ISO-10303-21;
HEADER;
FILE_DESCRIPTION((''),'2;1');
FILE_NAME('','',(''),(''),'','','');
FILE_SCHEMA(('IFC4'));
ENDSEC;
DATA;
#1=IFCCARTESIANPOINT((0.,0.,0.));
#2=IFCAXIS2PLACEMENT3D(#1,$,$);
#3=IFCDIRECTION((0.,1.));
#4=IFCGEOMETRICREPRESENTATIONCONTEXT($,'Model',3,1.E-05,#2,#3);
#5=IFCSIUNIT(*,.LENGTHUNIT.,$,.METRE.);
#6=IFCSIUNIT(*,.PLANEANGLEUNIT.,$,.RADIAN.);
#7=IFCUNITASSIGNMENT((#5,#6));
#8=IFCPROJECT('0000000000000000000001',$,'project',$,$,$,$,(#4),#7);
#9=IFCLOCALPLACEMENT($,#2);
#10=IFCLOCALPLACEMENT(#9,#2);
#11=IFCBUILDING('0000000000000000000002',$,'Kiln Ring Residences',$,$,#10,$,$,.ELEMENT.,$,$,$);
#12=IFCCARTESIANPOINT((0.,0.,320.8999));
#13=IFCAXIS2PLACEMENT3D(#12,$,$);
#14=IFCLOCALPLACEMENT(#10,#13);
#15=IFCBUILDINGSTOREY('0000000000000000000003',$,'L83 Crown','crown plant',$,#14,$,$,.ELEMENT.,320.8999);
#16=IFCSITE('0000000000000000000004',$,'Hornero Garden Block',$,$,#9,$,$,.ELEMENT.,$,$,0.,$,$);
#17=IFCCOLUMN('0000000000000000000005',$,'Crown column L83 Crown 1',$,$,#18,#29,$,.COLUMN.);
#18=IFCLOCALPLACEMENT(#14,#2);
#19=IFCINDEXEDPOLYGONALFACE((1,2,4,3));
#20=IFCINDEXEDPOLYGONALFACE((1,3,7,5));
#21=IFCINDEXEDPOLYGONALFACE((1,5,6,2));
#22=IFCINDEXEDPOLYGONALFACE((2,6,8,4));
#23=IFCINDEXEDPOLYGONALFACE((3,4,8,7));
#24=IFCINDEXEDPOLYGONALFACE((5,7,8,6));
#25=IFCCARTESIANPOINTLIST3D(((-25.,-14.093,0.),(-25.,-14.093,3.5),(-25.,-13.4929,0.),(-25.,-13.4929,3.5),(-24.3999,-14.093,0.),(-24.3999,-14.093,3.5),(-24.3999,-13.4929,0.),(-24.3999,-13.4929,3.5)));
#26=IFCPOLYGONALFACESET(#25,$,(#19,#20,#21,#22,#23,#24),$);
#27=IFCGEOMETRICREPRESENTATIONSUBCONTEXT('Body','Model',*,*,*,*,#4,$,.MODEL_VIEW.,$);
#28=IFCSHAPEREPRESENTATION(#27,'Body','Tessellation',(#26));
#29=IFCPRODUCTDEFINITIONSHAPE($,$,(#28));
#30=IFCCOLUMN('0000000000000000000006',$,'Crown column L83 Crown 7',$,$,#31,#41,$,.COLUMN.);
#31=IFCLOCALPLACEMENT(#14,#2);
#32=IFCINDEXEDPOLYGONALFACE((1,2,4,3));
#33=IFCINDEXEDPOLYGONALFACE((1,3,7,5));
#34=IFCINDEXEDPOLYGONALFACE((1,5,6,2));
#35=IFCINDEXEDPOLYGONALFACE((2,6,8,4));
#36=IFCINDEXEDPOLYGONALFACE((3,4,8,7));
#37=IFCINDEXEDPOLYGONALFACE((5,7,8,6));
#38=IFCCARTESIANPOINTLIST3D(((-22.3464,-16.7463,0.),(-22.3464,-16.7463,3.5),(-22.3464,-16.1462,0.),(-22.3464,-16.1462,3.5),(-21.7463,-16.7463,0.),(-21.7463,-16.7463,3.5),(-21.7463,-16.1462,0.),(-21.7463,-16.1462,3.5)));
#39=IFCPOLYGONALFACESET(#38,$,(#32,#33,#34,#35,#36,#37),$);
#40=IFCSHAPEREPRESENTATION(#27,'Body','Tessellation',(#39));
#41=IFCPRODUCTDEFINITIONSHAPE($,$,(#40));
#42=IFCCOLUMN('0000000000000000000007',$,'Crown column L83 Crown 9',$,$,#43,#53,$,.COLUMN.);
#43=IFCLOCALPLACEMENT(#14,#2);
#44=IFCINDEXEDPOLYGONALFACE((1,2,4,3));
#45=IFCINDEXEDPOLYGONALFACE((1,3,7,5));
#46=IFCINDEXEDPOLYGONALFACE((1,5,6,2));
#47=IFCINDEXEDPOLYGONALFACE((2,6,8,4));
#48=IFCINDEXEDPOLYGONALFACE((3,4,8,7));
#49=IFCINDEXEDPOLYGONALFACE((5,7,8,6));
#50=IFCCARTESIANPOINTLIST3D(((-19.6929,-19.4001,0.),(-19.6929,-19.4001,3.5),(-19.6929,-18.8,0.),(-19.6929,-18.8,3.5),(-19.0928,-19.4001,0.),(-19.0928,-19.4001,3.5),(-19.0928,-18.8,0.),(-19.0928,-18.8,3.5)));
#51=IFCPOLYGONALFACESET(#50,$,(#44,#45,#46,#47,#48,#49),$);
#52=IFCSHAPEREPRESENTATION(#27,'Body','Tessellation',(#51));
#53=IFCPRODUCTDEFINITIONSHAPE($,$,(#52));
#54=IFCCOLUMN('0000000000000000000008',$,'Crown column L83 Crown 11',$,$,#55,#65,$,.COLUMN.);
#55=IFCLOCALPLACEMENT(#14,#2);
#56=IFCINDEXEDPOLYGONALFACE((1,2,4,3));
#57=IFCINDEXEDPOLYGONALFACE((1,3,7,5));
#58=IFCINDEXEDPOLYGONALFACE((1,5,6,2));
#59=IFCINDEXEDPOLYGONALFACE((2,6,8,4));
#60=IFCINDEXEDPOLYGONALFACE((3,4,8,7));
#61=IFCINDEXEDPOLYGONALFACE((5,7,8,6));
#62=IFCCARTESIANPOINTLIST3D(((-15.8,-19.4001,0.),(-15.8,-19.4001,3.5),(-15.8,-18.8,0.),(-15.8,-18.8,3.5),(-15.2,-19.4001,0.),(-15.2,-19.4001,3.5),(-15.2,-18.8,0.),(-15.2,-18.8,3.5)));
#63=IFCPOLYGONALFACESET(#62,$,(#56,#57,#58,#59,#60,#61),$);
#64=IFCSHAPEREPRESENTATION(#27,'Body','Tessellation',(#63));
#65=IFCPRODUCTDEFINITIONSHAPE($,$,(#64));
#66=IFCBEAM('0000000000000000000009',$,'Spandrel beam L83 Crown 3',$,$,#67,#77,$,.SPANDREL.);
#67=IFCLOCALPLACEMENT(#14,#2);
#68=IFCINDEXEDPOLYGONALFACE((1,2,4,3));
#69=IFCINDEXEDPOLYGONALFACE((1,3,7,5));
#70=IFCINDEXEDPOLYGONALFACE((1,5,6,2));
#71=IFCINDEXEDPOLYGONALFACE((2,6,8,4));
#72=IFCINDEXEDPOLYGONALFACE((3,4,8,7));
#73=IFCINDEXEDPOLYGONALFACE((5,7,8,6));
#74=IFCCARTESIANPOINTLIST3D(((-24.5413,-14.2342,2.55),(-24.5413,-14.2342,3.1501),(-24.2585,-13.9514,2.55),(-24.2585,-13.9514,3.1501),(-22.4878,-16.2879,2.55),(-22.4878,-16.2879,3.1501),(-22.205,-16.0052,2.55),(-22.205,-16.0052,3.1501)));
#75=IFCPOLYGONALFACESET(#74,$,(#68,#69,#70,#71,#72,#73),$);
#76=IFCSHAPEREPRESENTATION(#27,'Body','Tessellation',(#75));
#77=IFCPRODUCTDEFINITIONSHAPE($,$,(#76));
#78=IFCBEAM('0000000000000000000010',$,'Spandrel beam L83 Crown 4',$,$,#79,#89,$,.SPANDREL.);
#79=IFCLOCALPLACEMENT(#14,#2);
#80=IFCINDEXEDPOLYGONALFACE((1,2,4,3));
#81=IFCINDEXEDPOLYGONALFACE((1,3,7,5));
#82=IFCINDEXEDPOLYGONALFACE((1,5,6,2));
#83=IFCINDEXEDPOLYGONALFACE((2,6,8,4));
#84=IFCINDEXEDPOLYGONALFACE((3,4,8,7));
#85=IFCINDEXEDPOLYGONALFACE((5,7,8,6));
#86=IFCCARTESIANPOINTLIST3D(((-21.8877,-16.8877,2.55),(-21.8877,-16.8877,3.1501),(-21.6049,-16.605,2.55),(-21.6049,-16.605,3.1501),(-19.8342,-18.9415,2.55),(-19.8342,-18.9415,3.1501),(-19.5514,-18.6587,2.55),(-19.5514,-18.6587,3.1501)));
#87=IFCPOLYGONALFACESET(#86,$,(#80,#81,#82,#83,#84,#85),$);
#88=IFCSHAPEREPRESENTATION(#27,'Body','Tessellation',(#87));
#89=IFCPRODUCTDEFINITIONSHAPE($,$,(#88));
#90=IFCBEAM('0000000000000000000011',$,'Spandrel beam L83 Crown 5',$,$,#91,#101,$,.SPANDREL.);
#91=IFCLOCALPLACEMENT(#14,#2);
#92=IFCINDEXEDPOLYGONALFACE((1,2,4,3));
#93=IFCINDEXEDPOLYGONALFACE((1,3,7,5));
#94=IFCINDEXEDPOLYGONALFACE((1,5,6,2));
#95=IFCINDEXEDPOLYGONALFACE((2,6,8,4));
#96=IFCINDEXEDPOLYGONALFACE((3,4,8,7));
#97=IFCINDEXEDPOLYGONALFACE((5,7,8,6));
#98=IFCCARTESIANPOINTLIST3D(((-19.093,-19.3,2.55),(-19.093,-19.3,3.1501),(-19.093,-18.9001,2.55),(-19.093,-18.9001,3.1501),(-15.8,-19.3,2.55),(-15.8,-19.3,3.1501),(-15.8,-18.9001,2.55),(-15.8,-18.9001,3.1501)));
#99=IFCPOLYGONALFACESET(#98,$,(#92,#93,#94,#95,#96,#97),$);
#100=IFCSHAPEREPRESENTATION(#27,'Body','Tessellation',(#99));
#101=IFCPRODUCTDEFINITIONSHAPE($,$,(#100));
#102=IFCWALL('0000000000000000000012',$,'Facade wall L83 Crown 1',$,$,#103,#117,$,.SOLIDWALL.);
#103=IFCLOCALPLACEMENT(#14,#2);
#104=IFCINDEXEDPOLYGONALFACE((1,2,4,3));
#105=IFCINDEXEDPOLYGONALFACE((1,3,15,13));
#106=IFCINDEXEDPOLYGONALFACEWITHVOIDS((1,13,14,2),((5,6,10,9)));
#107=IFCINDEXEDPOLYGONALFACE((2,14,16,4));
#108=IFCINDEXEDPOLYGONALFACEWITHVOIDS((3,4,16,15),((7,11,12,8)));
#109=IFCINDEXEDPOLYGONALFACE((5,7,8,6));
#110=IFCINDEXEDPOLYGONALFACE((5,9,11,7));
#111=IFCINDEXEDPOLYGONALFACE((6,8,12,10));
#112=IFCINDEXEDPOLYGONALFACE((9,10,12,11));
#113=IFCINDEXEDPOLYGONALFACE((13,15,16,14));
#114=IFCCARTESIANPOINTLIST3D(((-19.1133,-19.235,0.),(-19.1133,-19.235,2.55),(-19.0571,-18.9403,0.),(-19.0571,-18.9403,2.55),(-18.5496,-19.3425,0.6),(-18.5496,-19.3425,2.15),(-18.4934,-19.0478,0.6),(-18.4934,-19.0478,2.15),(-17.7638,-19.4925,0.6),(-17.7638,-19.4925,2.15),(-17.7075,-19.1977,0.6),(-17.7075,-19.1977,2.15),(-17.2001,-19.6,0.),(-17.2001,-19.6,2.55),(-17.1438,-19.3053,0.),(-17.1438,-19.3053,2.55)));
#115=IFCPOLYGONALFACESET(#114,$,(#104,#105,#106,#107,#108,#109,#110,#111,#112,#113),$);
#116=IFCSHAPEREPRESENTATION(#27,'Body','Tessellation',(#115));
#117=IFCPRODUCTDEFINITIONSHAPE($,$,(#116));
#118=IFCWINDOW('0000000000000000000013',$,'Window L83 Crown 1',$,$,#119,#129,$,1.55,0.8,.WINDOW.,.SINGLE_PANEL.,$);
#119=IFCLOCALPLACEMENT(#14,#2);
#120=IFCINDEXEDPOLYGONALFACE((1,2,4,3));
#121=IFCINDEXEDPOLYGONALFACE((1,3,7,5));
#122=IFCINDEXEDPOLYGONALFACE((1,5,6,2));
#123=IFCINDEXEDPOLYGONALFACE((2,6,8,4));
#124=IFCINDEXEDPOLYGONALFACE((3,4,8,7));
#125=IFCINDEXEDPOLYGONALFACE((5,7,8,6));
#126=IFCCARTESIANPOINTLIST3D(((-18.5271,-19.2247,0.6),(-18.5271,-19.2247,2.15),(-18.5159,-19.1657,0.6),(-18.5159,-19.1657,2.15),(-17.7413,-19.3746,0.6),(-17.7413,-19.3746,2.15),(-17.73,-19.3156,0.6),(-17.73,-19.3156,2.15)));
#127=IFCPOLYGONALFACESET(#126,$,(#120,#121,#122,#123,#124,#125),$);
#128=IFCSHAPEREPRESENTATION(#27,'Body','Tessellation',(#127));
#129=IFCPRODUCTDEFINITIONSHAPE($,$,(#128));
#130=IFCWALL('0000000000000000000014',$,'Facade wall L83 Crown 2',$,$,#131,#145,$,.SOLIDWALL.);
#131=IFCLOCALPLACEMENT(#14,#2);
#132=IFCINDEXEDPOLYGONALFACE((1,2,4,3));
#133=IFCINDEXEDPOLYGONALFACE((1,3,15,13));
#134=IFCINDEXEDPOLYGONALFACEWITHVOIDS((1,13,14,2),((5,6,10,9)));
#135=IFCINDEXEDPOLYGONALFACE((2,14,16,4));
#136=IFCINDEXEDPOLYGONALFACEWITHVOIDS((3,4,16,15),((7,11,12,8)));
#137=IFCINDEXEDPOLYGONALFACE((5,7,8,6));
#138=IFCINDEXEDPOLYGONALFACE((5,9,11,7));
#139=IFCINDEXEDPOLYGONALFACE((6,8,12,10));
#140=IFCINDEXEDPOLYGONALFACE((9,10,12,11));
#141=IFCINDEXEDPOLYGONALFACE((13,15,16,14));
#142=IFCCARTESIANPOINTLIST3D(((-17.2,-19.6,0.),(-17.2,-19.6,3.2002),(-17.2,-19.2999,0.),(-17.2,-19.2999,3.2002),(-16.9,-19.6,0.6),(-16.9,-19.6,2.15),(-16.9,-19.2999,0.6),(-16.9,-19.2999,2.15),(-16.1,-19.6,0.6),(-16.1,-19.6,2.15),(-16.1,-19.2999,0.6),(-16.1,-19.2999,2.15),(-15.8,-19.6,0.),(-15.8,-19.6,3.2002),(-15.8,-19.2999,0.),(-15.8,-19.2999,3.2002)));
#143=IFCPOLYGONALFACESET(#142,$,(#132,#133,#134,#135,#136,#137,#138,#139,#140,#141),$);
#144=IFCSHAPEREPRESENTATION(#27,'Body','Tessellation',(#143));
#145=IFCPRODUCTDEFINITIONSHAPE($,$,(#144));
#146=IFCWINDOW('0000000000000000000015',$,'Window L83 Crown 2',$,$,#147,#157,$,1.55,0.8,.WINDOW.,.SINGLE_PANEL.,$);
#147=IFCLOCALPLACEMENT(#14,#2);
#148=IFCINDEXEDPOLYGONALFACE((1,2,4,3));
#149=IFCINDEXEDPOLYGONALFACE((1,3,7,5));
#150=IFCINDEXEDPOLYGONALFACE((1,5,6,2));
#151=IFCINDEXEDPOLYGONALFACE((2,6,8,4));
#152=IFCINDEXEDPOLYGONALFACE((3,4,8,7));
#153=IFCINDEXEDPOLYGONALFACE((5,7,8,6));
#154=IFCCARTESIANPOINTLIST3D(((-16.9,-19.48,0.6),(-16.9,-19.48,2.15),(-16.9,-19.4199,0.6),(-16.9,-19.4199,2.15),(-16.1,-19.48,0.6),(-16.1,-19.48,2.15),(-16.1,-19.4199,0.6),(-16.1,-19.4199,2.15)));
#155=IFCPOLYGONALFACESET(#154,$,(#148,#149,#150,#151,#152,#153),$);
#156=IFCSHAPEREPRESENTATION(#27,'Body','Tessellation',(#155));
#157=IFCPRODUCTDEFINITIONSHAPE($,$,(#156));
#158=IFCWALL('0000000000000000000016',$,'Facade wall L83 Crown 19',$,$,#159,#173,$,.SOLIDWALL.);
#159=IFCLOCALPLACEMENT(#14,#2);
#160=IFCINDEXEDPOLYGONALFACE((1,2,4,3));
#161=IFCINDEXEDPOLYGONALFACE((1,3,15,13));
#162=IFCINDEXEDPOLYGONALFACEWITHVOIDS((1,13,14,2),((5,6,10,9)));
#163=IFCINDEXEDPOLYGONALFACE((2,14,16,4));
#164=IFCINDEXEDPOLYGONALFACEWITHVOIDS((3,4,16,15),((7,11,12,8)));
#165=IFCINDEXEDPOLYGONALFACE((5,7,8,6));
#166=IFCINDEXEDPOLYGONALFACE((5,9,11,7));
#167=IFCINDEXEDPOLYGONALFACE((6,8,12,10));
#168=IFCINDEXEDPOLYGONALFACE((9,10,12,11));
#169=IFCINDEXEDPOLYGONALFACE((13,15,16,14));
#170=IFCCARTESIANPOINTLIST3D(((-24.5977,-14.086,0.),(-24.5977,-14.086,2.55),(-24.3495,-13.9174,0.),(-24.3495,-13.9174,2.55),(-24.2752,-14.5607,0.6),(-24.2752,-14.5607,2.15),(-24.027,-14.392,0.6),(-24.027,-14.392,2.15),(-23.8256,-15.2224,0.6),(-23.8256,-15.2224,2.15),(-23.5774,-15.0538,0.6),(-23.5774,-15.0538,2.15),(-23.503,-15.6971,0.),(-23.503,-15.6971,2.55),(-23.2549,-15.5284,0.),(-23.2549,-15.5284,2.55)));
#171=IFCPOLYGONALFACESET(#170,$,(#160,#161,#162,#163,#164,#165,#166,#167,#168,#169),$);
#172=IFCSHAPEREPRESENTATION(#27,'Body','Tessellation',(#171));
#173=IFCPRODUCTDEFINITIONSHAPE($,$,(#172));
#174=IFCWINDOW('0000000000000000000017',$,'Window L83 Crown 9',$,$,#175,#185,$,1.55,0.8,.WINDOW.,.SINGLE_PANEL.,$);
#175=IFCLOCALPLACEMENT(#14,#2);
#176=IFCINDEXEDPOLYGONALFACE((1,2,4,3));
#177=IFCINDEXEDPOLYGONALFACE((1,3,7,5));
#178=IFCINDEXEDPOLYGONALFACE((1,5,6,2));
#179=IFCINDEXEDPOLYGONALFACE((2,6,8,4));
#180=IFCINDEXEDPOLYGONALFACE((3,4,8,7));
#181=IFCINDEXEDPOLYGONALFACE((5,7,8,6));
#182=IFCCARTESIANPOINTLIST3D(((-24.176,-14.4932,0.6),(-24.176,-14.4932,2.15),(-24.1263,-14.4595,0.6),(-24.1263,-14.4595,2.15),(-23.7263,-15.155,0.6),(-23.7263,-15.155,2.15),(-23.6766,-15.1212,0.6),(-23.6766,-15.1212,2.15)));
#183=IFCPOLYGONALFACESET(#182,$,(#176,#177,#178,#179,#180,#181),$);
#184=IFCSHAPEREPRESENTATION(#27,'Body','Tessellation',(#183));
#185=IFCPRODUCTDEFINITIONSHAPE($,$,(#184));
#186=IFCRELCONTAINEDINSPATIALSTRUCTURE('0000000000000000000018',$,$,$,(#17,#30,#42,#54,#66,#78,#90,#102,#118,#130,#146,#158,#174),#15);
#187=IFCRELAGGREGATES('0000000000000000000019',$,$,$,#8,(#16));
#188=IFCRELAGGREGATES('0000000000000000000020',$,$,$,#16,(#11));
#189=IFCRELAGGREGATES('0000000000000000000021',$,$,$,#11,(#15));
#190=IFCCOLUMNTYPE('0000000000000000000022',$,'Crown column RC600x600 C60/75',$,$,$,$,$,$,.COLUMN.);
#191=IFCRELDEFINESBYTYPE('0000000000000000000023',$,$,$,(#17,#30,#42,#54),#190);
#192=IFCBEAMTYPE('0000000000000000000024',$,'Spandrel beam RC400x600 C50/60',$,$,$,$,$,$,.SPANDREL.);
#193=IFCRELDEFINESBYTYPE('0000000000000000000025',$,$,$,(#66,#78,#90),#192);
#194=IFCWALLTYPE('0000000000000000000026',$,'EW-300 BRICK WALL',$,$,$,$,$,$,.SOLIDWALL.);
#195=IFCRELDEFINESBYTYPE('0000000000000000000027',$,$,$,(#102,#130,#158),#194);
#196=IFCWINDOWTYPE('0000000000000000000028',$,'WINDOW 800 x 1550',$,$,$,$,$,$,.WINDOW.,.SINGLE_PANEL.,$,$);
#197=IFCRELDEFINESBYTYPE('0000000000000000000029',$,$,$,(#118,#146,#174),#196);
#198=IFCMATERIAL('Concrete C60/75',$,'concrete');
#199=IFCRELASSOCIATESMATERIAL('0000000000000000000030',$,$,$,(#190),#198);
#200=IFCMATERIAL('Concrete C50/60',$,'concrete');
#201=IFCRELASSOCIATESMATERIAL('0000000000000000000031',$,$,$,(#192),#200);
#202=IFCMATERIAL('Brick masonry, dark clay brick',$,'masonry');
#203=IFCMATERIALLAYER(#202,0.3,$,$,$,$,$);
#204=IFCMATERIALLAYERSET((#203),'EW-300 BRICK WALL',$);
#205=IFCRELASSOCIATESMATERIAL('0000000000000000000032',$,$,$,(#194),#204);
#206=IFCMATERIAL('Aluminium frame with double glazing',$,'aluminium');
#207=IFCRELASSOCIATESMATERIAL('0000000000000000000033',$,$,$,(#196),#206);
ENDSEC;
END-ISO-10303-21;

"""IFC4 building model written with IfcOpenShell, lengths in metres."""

from ifc_helpers import new_model, si_unit, direction, frame, frame_2d, origin, origin_2d, place, context, subcontext, project, spatial, rectangle, extrude, material, layer, layer_set, material_profile, profile_set, type_object, element, fill, save


model = new_model("IFC4")

# Units and contexts
model_context = context("Model", 3, precision=1e-05, world=origin(), true_north=direction((0.0, 1.0)))
body_context = subcontext(model_context, "Body", "Model", "MODEL_VIEW")
ifc_project = project(units=[si_unit("LENGTHUNIT", "METRE"), si_unit("PLANEANGLEUNIT", "RADIAN")], contexts=[model_context])

# Site, building, storey
site_placement = place(None, origin())
site = spatial("IfcSite", under=ifc_project, at=site_placement, Name="Hornero Garden Block", CompositionType="ELEMENT", RefElevation=0.0)
building_placement = place(site_placement, origin())
building = spatial("IfcBuilding", under=site, at=building_placement, Name="Kiln Ring Residences", CompositionType="ELEMENT")
storey_placement = place(building_placement, frame((0.0, 0.0, 320.8999)))
storey = spatial("IfcBuildingStorey", under=building, at=storey_placement, Name="L83 Crown", Description="crown plant", CompositionType="ELEMENT", Elevation=320.8999)

# Columns
ifc_material_1 = material(Name="Concrete C60/75", Category="concrete")
ifc_material_profile_1 = material_profile(ifc_material_1, rectangle(XDim=0.6001, YDim=0.6001, at=origin_2d()), Name="RC600x600")
ifc_profile_set_1 = profile_set([ifc_material_profile_1], Name="Concrete C60/75")
column_type = type_object("IfcColumnType", Name="Crown column RC600x600 C60/75", PredefinedType="COLUMN", material=ifc_profile_set_1)
for number, where, z_axis, x_axis, name in (
    (1, (-24.7, -13.793, 0.0), (0.0, 0.0, 1.0), (1.0, 0.0, 0.0), "Crown column L83 Crown 1"),
    (2, (-22.0464, -16.4463, 0.0), (0.0, 0.0, 1.0), (1.0, 0.0, 0.0), "Crown column L83 Crown 7"),
    (3, (-19.3928, -19.1001, 0.0), (0.0, 0.0, 1.0), (1.0, 0.0, 0.0), "Crown column L83 Crown 9"),
    (4, (-15.5, -19.1001, 0.0), (0.0, 0.0, 1.0), (1.0, 0.0, 0.0), "Crown column L83 Crown 11"),
):
    element("IfcColumn", number, at=place(storey_placement, frame(where, z_axis=z_axis, x_axis=x_axis)), inside=storey, type_object=column_type, Name=name, PredefinedType="COLUMN", context=body_context, shape_type="SweptSolid", body=[
        extrude(rectangle(XDim=0.6001, YDim=0.6001, at=origin_2d()), origin(), (0.0, 0.0, 1.0), 3.5),
    ])

# Beams
ifc_material_2 = material(Name="Concrete C50/60", Category="concrete")
ifc_material_profile_2 = material_profile(ifc_material_2, rectangle(XDim=0.3999, YDim=0.6001, at=origin_2d()), Name="RC400x600")
ifc_profile_set_2 = profile_set([ifc_material_profile_2], Name="Concrete C50/60")
beam_type = type_object("IfcBeamType", Name="Spandrel beam RC400x600 C50/60", PredefinedType="SPANDREL", material=ifc_profile_set_2)
for number, where, z_axis, x_axis, name in (
    (5, (-24.3999, -14.0928, 2.8501), (0.707065, -0.707149, 0.0), (0.707149, 0.707065, 0.0), "Spandrel beam L83 Crown 3"),
    (6, (-21.7463, -16.7463, 2.8501), (0.707065, -0.707149, 0.0), (0.707149, 0.707065, 0.0), "Spandrel beam L83 Crown 4"),
):
    element("IfcBeam", number, at=place(storey_placement, frame(where, z_axis=z_axis, x_axis=x_axis)), inside=storey, type_object=beam_type, Name=name, PredefinedType="SPANDREL", context=body_context, shape_type="SweptSolid", body=[
        extrude(rectangle(XDim=0.3999, YDim=0.6001, at=origin_2d()), origin(), (0.0, 0.0, 1.0), 2.9043),
    ])
beam_placement = place(storey_placement, frame((-19.093, -19.1001, 2.8501), z_axis=(1.0, 0.0, 0.0), x_axis=(0.0, 1.0, 0.0)))
element("IfcBeam", 7, at=beam_placement, inside=storey, type_object=beam_type, Name="Spandrel beam L83 Crown 5", PredefinedType="SPANDREL", context=body_context, shape_type="SweptSolid", body=[
    extrude(rectangle(XDim=0.3999, YDim=0.6001, at=origin_2d()), origin(), (0.0, 0.0, 1.0), 3.293),
])

# Walls, openings, windows
ifc_material_3 = material(Name="Brick masonry, dark clay brick", Category="masonry")
ifc_layer_1 = layer(ifc_material_3, 0.3)
ifc_layer_set_1 = layer_set([ifc_layer_1], Name="EW-300 BRICK WALL")
wall_type_1 = type_object("IfcWallType", Name="EW-300 BRICK WALL", PredefinedType="SOLIDWALL", material=ifc_layer_set_1)
wall_1_placement = place(storey_placement, frame((-19.0852, -19.0876, 0.0), z_axis=(0.0, 0.0, 1.0), x_axis=(0.982287, -0.187383, 0.0)))
wall_1 = element("IfcWall", 8, at=wall_1_placement, inside=storey, type_object=wall_type_1, Name="Facade wall L83 Crown 1", PredefinedType="SOLIDWALL", context=body_context, shape_type="SweptSolid", body=[
    extrude(rectangle(XDim=1.9478, YDim=0.3, at=frame_2d((0.9739, 0.0))), origin(), (0.0, 0.0, 1.0), 2.55),
])
opening_1_placement = place(wall_1_placement, frame((0.574, 0.0, 0.6001)))
opening_1 = element("IfcOpeningElement", 9, at=opening_1_placement, cuts=wall_1, PredefinedType="OPENING", context=body_context, shape_type="SweptSolid", body=[
    extrude(rectangle(XDim=0.8, YDim=1.55, at=frame_2d((0.3999, 0.7749))), frame((0.0, 0.1599, 0.0), z_axis=(0.0, -1.0, 0.0), x_axis=(1.0, 0.0, 0.0)), (0.0, 0.0, 1.0), 0.3201),
])
ifc_material_4 = material(Name="Aluminium frame with double glazing", Category="aluminium")
window_type = type_object("IfcWindowType", Name="WINDOW 800 x 1550", PartitioningType="SINGLE_PANEL", PredefinedType="WINDOW", material=ifc_material_4)
window_1_placement = place(opening_1_placement, origin())
window_1 = element("IfcWindow", 10, at=window_1_placement, inside=storey, type_object=window_type, Name="Window L83 Crown 1", OverallHeight=1.55, OverallWidth=0.8, PartitioningType="SINGLE_PANEL", PredefinedType="WINDOW", context=body_context, shape_type="SweptSolid", body=[
    extrude(rectangle(XDim=0.8, YDim=1.55, at=frame_2d((0.3999, 0.7749))), frame((0.0, 0.03, 0.0), z_axis=(0.0, -1.0, 0.0), x_axis=(1.0, 0.0, 0.0)), (0.0, 0.0, 1.0), 0.0601),
])
fill(opening_1, window_1)
wall_2_placement = place(storey_placement, frame((-17.2, -19.45, 0.0), z_axis=(0.0, 0.0, 1.0), x_axis=(1.0, 0.0, 0.0)))
wall_2 = element("IfcWall", 11, at=wall_2_placement, inside=storey, type_object=wall_type_1, Name="Facade wall L83 Crown 2", PredefinedType="SOLIDWALL", context=body_context, shape_type="SweptSolid", body=[
    extrude(rectangle(XDim=1.3999, YDim=0.3, at=frame_2d((0.7, 0.0))), origin(), (0.0, 0.0, 1.0), 3.2002),
])
opening_2_placement = place(wall_2_placement, frame((0.3, 0.0, 0.6001)))
opening_2 = element("IfcOpeningElement", 12, at=opening_2_placement, cuts=wall_2, PredefinedType="OPENING", context=body_context, shape_type="SweptSolid", body=[
    extrude(rectangle(XDim=0.8, YDim=1.55, at=frame_2d((0.3999, 0.7749))), frame((0.0, 0.1599, 0.0), z_axis=(0.0, -1.0, 0.0), x_axis=(1.0, 0.0, 0.0)), (0.0, 0.0, 1.0), 0.3201),
])
window_2_placement = place(opening_2_placement, origin())
window_2 = element("IfcWindow", 13, at=window_2_placement, inside=storey, type_object=window_type, Name="Window L83 Crown 2", OverallHeight=1.55, OverallWidth=0.8, PartitioningType="SINGLE_PANEL", PredefinedType="WINDOW", context=body_context, shape_type="SweptSolid", body=[
    extrude(rectangle(XDim=0.8, YDim=1.55, at=frame_2d((0.3999, 0.7749))), frame((0.0, 0.03, 0.0), z_axis=(0.0, -1.0, 0.0), x_axis=(1.0, 0.0, 0.0)), (0.0, 0.0, 1.0), 0.0601),
])
fill(opening_2, window_2)
wall_3_placement = place(storey_placement, frame((-24.4736, -14.0017, 0.0), z_axis=(0.0, 0.0, 1.0), x_axis=(0.562025, -0.82712, 0.0)))
wall_3 = element("IfcWall", 14, at=wall_3_placement, inside=storey, type_object=wall_type_1, Name="Facade wall L83 Crown 19", PredefinedType="SOLIDWALL", context=body_context, shape_type="SweptSolid", body=[
    extrude(rectangle(XDim=1.9478, YDim=0.3, at=frame_2d((0.9739, 0.0))), origin(), (0.0, 0.0, 1.0), 2.55),
])
opening_3_placement = place(wall_3_placement, frame((0.574, 0.0, 0.6001)))
opening_3 = element("IfcOpeningElement", 15, at=opening_3_placement, cuts=wall_3, PredefinedType="OPENING", context=body_context, shape_type="SweptSolid", body=[
    extrude(rectangle(XDim=0.8, YDim=1.55, at=frame_2d((0.3999, 0.7749))), frame((0.0, 0.1599, 0.0), z_axis=(0.0, -1.0, 0.0), x_axis=(1.0, 0.0, 0.0)), (0.0, 0.0, 1.0), 0.3201),
])
window_3_placement = place(opening_3_placement, origin())
window_3 = element("IfcWindow", 16, at=window_3_placement, inside=storey, type_object=window_type, Name="Window L83 Crown 9", OverallHeight=1.55, OverallWidth=0.8, PartitioningType="SINGLE_PANEL", PredefinedType="WINDOW", context=body_context, shape_type="SweptSolid", body=[
    extrude(rectangle(XDim=0.8, YDim=1.55, at=frame_2d((0.3999, 0.7749))), frame((0.0, 0.03, 0.0), z_axis=(0.0, -1.0, 0.0), x_axis=(1.0, 0.0, 0.0)), (0.0, 0.0, 1.0), 0.0601),
])
fill(opening_3, window_3)

save(model, "model.ifc")
